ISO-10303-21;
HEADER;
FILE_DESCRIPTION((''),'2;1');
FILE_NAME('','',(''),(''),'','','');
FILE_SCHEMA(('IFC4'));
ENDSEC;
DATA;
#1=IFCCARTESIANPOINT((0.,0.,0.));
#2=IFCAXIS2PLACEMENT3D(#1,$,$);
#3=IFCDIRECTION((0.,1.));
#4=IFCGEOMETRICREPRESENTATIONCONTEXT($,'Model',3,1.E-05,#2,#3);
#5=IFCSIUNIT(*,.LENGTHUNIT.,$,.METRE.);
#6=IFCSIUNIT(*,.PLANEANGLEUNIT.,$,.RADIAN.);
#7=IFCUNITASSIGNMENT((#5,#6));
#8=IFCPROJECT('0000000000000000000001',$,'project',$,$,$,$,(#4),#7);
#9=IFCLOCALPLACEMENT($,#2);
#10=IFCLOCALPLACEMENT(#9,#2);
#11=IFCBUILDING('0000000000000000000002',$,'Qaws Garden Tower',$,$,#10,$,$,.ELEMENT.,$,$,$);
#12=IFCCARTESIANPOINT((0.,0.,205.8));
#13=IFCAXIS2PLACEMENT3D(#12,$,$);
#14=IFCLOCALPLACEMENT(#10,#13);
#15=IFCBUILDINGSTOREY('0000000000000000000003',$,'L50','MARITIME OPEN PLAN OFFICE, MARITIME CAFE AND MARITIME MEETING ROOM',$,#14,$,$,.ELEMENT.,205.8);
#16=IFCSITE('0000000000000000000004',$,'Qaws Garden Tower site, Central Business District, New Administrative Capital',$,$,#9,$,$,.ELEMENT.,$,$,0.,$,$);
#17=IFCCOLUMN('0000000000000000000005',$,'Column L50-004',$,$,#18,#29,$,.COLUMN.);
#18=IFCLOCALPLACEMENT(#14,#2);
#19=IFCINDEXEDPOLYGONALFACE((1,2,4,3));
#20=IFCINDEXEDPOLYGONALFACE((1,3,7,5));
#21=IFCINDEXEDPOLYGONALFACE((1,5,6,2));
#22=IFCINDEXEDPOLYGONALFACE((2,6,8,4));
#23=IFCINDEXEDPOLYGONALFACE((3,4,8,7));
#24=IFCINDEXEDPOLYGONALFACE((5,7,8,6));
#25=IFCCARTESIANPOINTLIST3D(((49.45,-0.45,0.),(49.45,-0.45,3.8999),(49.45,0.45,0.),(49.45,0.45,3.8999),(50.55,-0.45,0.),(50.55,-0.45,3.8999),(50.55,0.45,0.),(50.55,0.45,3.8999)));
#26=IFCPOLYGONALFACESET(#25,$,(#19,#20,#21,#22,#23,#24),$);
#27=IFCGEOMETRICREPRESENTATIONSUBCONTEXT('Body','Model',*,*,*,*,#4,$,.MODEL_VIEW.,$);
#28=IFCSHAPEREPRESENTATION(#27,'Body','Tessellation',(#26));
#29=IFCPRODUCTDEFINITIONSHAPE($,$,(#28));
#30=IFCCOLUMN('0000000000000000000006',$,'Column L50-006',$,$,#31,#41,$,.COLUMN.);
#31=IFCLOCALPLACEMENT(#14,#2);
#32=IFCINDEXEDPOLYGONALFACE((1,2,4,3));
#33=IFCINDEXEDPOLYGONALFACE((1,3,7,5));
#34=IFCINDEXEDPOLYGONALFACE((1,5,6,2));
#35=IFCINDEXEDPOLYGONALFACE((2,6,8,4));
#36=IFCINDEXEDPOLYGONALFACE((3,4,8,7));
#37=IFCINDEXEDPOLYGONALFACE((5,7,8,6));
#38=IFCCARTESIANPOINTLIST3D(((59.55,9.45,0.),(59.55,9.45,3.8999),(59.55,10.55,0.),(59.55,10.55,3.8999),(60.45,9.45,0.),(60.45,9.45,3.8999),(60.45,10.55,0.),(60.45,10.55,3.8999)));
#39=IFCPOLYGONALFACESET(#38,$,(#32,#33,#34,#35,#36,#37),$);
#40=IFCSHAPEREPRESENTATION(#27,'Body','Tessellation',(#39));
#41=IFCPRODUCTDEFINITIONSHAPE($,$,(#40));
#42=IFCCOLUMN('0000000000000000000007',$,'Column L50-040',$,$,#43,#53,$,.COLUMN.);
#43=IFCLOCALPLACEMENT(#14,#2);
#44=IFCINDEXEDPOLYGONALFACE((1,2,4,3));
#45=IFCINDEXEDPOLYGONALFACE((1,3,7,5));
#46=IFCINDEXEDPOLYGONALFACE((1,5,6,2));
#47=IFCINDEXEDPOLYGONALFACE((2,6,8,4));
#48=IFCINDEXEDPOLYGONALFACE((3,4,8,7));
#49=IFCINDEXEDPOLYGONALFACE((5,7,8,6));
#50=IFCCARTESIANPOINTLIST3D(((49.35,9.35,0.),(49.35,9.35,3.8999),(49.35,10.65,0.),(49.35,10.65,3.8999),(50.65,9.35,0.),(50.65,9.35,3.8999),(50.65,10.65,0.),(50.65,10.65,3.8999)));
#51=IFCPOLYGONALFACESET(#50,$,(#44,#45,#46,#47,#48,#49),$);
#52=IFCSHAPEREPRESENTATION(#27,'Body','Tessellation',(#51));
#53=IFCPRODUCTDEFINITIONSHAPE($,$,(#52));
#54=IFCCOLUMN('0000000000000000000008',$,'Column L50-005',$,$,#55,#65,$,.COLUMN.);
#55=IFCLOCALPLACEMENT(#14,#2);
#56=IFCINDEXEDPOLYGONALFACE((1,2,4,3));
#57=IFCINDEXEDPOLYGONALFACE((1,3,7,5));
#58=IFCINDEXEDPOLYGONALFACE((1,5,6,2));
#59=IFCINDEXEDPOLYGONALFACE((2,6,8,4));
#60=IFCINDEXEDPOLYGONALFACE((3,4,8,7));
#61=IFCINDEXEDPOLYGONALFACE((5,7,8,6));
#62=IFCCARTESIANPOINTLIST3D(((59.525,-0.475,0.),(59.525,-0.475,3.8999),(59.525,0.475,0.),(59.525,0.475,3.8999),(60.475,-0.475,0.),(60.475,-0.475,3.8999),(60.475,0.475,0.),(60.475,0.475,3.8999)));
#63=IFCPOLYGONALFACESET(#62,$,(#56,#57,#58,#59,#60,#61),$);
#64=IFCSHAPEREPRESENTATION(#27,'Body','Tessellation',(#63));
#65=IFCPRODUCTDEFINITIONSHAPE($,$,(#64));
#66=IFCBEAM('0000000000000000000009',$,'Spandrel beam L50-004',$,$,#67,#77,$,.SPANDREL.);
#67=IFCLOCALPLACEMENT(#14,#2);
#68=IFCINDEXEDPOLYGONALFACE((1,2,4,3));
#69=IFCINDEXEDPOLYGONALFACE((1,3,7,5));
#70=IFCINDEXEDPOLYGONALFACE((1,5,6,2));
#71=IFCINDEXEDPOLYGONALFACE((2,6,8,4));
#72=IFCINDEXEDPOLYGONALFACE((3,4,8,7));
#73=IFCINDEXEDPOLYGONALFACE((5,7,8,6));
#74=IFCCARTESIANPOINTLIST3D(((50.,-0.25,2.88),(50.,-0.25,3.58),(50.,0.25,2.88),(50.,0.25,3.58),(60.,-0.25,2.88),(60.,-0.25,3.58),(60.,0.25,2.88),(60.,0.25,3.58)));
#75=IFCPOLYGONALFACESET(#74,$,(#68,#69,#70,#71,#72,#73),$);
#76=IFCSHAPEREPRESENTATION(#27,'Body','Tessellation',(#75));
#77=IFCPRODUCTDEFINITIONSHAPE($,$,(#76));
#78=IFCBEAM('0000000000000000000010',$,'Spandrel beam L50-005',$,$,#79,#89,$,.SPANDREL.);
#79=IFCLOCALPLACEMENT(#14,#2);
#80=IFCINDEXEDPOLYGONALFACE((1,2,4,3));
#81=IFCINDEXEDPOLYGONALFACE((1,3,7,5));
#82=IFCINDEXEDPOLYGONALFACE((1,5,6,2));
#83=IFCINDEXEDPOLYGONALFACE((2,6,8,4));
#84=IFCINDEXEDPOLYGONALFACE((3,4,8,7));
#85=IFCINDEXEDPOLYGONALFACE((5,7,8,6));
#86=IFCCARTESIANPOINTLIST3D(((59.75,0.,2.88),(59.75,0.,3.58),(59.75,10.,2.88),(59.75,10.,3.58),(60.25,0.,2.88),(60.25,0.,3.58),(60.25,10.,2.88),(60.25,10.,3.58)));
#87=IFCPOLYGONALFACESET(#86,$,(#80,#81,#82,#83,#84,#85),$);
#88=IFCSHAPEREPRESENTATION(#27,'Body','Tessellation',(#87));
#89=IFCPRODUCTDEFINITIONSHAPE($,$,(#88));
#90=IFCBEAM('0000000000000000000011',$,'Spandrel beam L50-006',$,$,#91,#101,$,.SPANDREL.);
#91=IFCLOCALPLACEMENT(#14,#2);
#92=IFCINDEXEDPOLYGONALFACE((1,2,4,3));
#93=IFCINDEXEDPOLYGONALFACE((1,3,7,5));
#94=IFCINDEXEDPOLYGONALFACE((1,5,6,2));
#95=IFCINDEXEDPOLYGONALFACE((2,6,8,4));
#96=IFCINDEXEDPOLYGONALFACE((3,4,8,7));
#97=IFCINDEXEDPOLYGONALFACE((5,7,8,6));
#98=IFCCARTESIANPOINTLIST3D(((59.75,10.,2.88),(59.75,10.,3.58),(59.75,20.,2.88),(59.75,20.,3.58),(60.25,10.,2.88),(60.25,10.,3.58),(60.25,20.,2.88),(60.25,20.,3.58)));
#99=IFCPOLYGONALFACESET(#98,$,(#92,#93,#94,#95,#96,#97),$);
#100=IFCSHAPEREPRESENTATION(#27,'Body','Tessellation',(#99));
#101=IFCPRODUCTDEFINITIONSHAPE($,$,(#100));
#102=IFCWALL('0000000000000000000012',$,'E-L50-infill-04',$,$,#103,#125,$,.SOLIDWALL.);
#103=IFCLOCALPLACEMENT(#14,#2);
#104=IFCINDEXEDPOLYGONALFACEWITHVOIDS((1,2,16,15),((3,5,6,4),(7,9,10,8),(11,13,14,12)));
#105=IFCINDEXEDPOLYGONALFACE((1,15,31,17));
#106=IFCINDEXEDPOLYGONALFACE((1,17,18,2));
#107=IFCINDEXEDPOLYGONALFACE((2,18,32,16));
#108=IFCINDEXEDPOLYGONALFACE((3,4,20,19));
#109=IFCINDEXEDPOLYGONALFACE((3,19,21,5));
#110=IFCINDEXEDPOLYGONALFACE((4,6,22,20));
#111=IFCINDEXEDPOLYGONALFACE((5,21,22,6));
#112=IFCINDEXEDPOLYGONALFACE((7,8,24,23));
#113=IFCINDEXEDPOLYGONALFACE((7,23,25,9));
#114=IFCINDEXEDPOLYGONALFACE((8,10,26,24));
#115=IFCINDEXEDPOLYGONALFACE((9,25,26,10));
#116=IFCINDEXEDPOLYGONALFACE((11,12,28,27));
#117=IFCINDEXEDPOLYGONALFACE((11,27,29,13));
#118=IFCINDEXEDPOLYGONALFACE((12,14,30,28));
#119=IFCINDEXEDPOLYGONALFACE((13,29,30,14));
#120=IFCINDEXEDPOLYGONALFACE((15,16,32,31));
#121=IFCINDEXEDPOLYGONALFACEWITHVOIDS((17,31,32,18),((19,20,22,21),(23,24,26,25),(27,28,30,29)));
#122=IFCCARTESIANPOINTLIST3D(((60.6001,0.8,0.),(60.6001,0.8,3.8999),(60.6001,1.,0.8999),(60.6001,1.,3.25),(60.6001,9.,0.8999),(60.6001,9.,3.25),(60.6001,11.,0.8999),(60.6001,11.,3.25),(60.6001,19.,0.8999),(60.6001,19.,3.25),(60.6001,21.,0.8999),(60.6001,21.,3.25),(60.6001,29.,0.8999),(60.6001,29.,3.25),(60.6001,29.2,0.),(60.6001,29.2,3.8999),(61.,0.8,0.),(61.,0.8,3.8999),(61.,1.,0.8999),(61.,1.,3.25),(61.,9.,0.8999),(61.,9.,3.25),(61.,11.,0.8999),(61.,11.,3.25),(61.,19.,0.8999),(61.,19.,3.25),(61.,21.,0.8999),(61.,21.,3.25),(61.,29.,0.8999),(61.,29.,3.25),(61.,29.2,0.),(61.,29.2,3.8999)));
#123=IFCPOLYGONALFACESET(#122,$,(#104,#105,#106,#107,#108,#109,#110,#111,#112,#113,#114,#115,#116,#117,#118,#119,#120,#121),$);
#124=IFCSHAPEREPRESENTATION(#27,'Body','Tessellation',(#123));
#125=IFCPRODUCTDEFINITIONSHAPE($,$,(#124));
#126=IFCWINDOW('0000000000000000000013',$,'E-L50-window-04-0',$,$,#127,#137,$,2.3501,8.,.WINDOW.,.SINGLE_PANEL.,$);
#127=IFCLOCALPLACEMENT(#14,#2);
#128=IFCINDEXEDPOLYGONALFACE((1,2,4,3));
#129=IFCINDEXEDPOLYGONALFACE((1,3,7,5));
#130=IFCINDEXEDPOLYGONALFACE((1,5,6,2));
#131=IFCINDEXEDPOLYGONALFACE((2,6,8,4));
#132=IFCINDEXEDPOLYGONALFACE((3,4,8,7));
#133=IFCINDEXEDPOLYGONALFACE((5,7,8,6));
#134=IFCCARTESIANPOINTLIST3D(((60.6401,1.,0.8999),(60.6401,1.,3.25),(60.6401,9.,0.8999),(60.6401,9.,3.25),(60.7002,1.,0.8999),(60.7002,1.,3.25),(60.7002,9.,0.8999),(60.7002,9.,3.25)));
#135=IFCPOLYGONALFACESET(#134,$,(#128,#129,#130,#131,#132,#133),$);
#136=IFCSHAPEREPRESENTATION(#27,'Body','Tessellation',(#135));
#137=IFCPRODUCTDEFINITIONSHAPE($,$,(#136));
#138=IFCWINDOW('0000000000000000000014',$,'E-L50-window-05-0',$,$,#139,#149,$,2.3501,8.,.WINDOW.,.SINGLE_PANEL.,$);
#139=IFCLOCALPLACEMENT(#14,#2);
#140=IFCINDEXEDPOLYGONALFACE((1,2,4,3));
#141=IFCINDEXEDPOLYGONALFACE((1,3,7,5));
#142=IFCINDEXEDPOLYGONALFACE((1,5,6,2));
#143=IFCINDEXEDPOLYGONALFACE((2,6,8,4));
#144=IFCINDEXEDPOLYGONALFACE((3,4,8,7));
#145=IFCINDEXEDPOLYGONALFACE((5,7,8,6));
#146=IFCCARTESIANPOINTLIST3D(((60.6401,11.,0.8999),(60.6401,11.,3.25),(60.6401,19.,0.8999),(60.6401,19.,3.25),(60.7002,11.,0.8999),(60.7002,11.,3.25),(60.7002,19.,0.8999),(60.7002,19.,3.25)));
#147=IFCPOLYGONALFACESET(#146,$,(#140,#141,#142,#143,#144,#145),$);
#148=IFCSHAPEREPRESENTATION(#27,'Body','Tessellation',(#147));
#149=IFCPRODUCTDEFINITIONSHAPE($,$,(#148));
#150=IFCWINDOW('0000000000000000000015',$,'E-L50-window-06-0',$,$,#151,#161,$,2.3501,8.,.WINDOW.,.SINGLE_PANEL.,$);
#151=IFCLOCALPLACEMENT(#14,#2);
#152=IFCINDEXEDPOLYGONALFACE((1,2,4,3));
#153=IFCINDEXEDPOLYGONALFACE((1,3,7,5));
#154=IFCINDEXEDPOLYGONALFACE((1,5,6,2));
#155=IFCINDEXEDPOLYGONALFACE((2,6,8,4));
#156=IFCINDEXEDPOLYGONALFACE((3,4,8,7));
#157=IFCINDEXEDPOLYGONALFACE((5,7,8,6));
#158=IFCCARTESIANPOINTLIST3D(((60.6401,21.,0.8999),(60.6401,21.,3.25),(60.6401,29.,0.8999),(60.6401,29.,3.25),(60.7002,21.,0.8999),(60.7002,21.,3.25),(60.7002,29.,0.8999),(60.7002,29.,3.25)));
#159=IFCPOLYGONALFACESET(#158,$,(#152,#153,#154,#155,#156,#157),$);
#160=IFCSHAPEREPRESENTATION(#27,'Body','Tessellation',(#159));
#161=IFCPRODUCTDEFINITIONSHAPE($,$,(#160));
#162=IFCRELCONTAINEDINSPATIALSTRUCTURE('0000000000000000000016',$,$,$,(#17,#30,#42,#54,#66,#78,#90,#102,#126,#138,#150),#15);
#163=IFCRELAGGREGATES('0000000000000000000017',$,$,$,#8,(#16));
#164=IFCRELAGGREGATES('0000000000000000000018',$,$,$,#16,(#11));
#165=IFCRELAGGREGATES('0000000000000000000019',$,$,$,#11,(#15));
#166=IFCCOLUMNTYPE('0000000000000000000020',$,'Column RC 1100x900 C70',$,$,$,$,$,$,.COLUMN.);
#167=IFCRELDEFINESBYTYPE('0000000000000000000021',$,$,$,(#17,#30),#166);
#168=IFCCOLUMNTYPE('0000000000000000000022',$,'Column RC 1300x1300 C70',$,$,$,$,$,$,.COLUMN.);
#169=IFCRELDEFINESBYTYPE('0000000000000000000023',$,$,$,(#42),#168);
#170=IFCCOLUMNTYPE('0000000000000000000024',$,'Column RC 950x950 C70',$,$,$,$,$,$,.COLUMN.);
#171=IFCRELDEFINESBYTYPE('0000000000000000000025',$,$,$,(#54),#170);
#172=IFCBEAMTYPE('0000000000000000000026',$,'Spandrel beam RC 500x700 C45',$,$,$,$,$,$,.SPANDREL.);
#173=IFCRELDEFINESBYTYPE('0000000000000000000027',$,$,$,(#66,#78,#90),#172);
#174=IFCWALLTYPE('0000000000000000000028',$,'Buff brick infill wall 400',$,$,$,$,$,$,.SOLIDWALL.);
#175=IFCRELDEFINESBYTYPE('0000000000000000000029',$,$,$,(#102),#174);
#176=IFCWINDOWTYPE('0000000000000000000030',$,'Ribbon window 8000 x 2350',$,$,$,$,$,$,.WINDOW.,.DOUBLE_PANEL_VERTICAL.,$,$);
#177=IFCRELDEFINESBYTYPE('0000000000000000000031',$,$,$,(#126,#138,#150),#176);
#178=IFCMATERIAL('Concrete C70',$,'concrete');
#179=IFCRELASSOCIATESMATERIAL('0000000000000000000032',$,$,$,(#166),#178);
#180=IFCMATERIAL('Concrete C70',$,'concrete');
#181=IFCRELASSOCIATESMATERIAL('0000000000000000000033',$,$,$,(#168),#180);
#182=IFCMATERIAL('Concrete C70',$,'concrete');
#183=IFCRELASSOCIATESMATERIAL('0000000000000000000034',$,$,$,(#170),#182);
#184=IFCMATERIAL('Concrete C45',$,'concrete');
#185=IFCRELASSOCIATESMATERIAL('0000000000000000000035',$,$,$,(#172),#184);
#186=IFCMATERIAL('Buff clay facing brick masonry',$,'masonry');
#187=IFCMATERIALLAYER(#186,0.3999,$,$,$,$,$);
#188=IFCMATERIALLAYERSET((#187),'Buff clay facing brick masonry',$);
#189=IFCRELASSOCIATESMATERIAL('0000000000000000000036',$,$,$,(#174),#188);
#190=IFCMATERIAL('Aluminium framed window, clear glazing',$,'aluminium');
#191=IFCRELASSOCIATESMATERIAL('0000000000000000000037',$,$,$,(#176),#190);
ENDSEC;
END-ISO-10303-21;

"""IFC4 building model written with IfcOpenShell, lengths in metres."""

from ifc_helpers import new_model, si_unit, direction, frame, frame_2d, origin, origin_2d, place, context, subcontext, project, spatial, rectangle, extrude, material, layer, layer_set, material_profile, profile_set, type_object, element, fill, save


model = new_model("IFC4")

# Units and contexts
model_context = context("Model", 3, precision=1e-05, world=origin(), true_north=direction((0.0, 1.0)))
body_context = subcontext(model_context, "Body", "Model", "MODEL_VIEW")
ifc_project = project(units=[si_unit("LENGTHUNIT", "METRE"), si_unit("PLANEANGLEUNIT", "RADIAN")], contexts=[model_context])

# Site, building, storey
site_placement = place(None, origin())
site = spatial("IfcSite", under=ifc_project, at=site_placement, Name="Qaws Garden Tower site, Central Business District, New Administrative Capital", CompositionType="ELEMENT", RefElevation=0.0)
building_placement = place(site_placement, origin())
building = spatial("IfcBuilding", under=site, at=building_placement, Name="Qaws Garden Tower", CompositionType="ELEMENT")
storey_placement = place(building_placement, frame((0.0, 0.0, 205.8)))
storey = spatial("IfcBuildingStorey", under=building, at=storey_placement, Name="L50", Description="MARITIME OPEN PLAN OFFICE, MARITIME CAFE AND MARITIME MEETING ROOM", CompositionType="ELEMENT", Elevation=205.8)

# Columns
ifc_material_1 = material(Name="Concrete C70", Category="concrete")
ifc_material_profile_1 = material_profile(ifc_material_1, rectangle(XDim=1.1001, YDim=0.8999, at=origin_2d()), Name="RC 1100x900")
ifc_profile_set_1 = profile_set([ifc_material_profile_1], Name="Concrete C70")
column_type_1 = type_object("IfcColumnType", Name="Column RC 1100x900 C70", PredefinedType="COLUMN", material=ifc_profile_set_1)
for number, where, z_axis, x_axis, name in (
    (1, (50.0, 0.0, 0.0), (0.0, 0.0, 1.0), (1.0, 0.0, 0.0), "Column L50-004"),
    (2, (60.0, 10.0, 0.0), (0.0, 0.0, 1.0), (0.0, 1.0, 0.0), "Column L50-006"),
):
    element("IfcColumn", number, at=place(storey_placement, frame(where, z_axis=z_axis, x_axis=x_axis)), inside=storey, type_object=column_type_1, Name=name, PredefinedType="COLUMN", context=body_context, shape_type="SweptSolid", body=[
        extrude(rectangle(XDim=1.1001, YDim=0.8999, at=origin_2d()), origin(), (0.0, 0.0, 1.0), 3.8999),
    ])
ifc_material_2 = material(Name="Concrete C70", Category="concrete")
ifc_material_profile_2 = material_profile(ifc_material_2, rectangle(XDim=1.3, YDim=1.3, at=origin_2d()), Name="RC 1300x1300")
ifc_profile_set_2 = profile_set([ifc_material_profile_2], Name="Concrete C70")
column_type_2 = type_object("IfcColumnType", Name="Column RC 1300x1300 C70", PredefinedType="COLUMN", material=ifc_profile_set_2)
column_1_placement = place(storey_placement, frame((50.0, 10.0, 0.0), z_axis=(0.0, 0.0, 1.0), x_axis=(1.0, 0.0, 0.0)))
element("IfcColumn", 3, at=column_1_placement, inside=storey, type_object=column_type_2, Name="Column L50-040", PredefinedType="COLUMN", context=body_context, shape_type="SweptSolid", body=[
    extrude(rectangle(XDim=1.3, YDim=1.3, at=origin_2d()), origin(), (0.0, 0.0, 1.0), 3.8999),
])
ifc_material_3 = material(Name="Concrete C70", Category="concrete")
ifc_material_profile_3 = material_profile(ifc_material_3, rectangle(XDim=0.95, YDim=0.95, at=origin_2d()), Name="RC 950x950")
ifc_profile_set_3 = profile_set([ifc_material_profile_3], Name="Concrete C70")
column_type_3 = type_object("IfcColumnType", Name="Column RC 950x950 C70", PredefinedType="COLUMN", material=ifc_profile_set_3)
column_2_placement = place(storey_placement, frame((60.0, 0.0, 0.0), z_axis=(0.0, 0.0, 1.0), x_axis=(1.0, 0.0, 0.0)))
element("IfcColumn", 4, at=column_2_placement, inside=storey, type_object=column_type_3, Name="Column L50-005", PredefinedType="COLUMN", context=body_context, shape_type="SweptSolid", body=[
    extrude(rectangle(XDim=0.95, YDim=0.95, at=origin_2d()), origin(), (0.0, 0.0, 1.0), 3.8999),
])

# Beams
ifc_material_4 = material(Name="Concrete C45", Category="concrete")
ifc_material_profile_4 = material_profile(ifc_material_4, rectangle(XDim=0.5, YDim=0.7, at=origin_2d()), Name="RC 500x700")
ifc_profile_set_4 = profile_set([ifc_material_profile_4], Name="Concrete C45")
beam_type = type_object("IfcBeamType", Name="Spandrel beam RC 500x700 C45", PredefinedType="SPANDREL", material=ifc_profile_set_4)
for number, where, z_axis, x_axis, name in (
    (5, (50.0, 0.0, 3.23), (1.0, 0.0, 0.0), (0.0, 1.0, 0.0), "Spandrel beam L50-004"),
    (6, (60.0, 0.0, 3.23), (0.0, 1.0, 0.0), (-1.0, 0.0, 0.0), "Spandrel beam L50-005"),
    (7, (60.0, 10.0, 3.23), (0.0, 1.0, 0.0), (-1.0, 0.0, 0.0), "Spandrel beam L50-006"),
):
    element("IfcBeam", number, at=place(storey_placement, frame(where, z_axis=z_axis, x_axis=x_axis)), inside=storey, type_object=beam_type, Name=name, PredefinedType="SPANDREL", context=body_context, shape_type="SweptSolid", body=[
        extrude(rectangle(XDim=0.5, YDim=0.7, at=origin_2d()), origin(), (0.0, 0.0, 1.0), 10.0),
    ])

# Wall, openings, windows
ifc_material_5 = material(Name="Buff clay facing brick masonry", Category="masonry")
ifc_layer_1 = layer(ifc_material_5, 0.3999)
ifc_layer_set_1 = layer_set([ifc_layer_1], Name="Buff clay facing brick masonry")
wall_type_1 = type_object("IfcWallType", Name="Buff brick infill wall 400", PredefinedType="SOLIDWALL", material=ifc_layer_set_1)
wall_1_placement = place(storey_placement, frame((60.8, 0.8, 0.0), z_axis=(0.0, 0.0, 1.0), x_axis=(0.0, 1.0, 0.0)))
wall_1 = element("IfcWall", 8, at=wall_1_placement, inside=storey, type_object=wall_type_1, Name="E-L50-infill-04", PredefinedType="SOLIDWALL", context=body_context, shape_type="SweptSolid", body=[
    extrude(rectangle(XDim=28.3999, YDim=0.3999, at=frame_2d((14.2, 0.0))), origin(), (0.0, 0.0, 1.0), 3.8999),
])
opening_1_placement = place(wall_1_placement, frame((0.2, 0.0, 0.8999)))
opening_1 = element("IfcOpeningElement", 9, at=opening_1_placement, cuts=wall_1, PredefinedType="OPENING", context=body_context, shape_type="SweptSolid", body=[
    extrude(rectangle(XDim=8.0, YDim=2.3501, at=frame_2d((4.0, 1.175))), frame((0.0, 0.21, 0.0), z_axis=(0.0, -1.0, 0.0), x_axis=(1.0, 0.0, 0.0)), (0.0, 0.0, 1.0), 0.4199),
])
opening_2_placement = place(wall_1_placement, frame((10.2, 0.0, 0.8999)))
opening_2 = element("IfcOpeningElement", 10, at=opening_2_placement, cuts=wall_1, PredefinedType="OPENING", context=body_context, shape_type="SweptSolid", body=[
    extrude(rectangle(XDim=8.0, YDim=2.3501, at=frame_2d((4.0, 1.175))), frame((0.0, 0.21, 0.0), z_axis=(0.0, -1.0, 0.0), x_axis=(1.0, 0.0, 0.0)), (0.0, 0.0, 1.0), 0.4199),
])
opening_3_placement = place(wall_1_placement, frame((20.2, 0.0, 0.8999)))
opening_3 = element("IfcOpeningElement", 11, at=opening_3_placement, cuts=wall_1, PredefinedType="OPENING", context=body_context, shape_type="SweptSolid", body=[
    extrude(rectangle(XDim=8.0, YDim=2.3501, at=frame_2d((4.0, 1.175))), frame((0.0, 0.21, 0.0), z_axis=(0.0, -1.0, 0.0), x_axis=(1.0, 0.0, 0.0)), (0.0, 0.0, 1.0), 0.4199),
])
ifc_material_6 = material(Name="Aluminium framed window, clear glazing", Category="aluminium")
window_type = type_object("IfcWindowType", Name="Ribbon window 8000 x 2350", PartitioningType="DOUBLE_PANEL_VERTICAL", PredefinedType="WINDOW", material=ifc_material_6)
window_1_placement = place(opening_1_placement, origin())
window_1 = element("IfcWindow", 12, at=window_1_placement, inside=storey, type_object=window_type, Name="E-L50-window-04-0", OverallHeight=2.3501, OverallWidth=8.0, PartitioningType="SINGLE_PANEL", PredefinedType="WINDOW", context=body_context, shape_type="SweptSolid", body=[
    extrude(rectangle(XDim=8.0, YDim=2.3501, at=frame_2d((4.0, 1.175))), frame((0.0, 0.1599, 0.0), z_axis=(0.0, -1.0, 0.0), x_axis=(1.0, 0.0, 0.0)), (0.0, 0.0, 1.0), 0.0601),
])
fill(opening_1, window_1)
window_2_placement = place(opening_2_placement, origin())
window_2 = element("IfcWindow", 13, at=window_2_placement, inside=storey, type_object=window_type, Name="E-L50-window-05-0", OverallHeight=2.3501, OverallWidth=8.0, PartitioningType="SINGLE_PANEL", PredefinedType="WINDOW", context=body_context, shape_type="SweptSolid", body=[
    extrude(rectangle(XDim=8.0, YDim=2.3501, at=frame_2d((4.0, 1.175))), frame((0.0, 0.1599, 0.0), z_axis=(0.0, -1.0, 0.0), x_axis=(1.0, 0.0, 0.0)), (0.0, 0.0, 1.0), 0.0601),
])
fill(opening_2, window_2)
window_3_placement = place(opening_3_placement, origin())
window_3 = element("IfcWindow", 14, at=window_3_placement, inside=storey, type_object=window_type, Name="E-L50-window-06-0", OverallHeight=2.3501, OverallWidth=8.0, PartitioningType="SINGLE_PANEL", PredefinedType="WINDOW", context=body_context, shape_type="SweptSolid", body=[
    extrude(rectangle(XDim=8.0, YDim=2.3501, at=frame_2d((4.0, 1.175))), frame((0.0, 0.1599, 0.0), z_axis=(0.0, -1.0, 0.0), x_axis=(1.0, 0.0, 0.0)), (0.0, 0.0, 1.0), 0.0601),
])
fill(opening_3, window_3)

save(model, "model.ifc")
